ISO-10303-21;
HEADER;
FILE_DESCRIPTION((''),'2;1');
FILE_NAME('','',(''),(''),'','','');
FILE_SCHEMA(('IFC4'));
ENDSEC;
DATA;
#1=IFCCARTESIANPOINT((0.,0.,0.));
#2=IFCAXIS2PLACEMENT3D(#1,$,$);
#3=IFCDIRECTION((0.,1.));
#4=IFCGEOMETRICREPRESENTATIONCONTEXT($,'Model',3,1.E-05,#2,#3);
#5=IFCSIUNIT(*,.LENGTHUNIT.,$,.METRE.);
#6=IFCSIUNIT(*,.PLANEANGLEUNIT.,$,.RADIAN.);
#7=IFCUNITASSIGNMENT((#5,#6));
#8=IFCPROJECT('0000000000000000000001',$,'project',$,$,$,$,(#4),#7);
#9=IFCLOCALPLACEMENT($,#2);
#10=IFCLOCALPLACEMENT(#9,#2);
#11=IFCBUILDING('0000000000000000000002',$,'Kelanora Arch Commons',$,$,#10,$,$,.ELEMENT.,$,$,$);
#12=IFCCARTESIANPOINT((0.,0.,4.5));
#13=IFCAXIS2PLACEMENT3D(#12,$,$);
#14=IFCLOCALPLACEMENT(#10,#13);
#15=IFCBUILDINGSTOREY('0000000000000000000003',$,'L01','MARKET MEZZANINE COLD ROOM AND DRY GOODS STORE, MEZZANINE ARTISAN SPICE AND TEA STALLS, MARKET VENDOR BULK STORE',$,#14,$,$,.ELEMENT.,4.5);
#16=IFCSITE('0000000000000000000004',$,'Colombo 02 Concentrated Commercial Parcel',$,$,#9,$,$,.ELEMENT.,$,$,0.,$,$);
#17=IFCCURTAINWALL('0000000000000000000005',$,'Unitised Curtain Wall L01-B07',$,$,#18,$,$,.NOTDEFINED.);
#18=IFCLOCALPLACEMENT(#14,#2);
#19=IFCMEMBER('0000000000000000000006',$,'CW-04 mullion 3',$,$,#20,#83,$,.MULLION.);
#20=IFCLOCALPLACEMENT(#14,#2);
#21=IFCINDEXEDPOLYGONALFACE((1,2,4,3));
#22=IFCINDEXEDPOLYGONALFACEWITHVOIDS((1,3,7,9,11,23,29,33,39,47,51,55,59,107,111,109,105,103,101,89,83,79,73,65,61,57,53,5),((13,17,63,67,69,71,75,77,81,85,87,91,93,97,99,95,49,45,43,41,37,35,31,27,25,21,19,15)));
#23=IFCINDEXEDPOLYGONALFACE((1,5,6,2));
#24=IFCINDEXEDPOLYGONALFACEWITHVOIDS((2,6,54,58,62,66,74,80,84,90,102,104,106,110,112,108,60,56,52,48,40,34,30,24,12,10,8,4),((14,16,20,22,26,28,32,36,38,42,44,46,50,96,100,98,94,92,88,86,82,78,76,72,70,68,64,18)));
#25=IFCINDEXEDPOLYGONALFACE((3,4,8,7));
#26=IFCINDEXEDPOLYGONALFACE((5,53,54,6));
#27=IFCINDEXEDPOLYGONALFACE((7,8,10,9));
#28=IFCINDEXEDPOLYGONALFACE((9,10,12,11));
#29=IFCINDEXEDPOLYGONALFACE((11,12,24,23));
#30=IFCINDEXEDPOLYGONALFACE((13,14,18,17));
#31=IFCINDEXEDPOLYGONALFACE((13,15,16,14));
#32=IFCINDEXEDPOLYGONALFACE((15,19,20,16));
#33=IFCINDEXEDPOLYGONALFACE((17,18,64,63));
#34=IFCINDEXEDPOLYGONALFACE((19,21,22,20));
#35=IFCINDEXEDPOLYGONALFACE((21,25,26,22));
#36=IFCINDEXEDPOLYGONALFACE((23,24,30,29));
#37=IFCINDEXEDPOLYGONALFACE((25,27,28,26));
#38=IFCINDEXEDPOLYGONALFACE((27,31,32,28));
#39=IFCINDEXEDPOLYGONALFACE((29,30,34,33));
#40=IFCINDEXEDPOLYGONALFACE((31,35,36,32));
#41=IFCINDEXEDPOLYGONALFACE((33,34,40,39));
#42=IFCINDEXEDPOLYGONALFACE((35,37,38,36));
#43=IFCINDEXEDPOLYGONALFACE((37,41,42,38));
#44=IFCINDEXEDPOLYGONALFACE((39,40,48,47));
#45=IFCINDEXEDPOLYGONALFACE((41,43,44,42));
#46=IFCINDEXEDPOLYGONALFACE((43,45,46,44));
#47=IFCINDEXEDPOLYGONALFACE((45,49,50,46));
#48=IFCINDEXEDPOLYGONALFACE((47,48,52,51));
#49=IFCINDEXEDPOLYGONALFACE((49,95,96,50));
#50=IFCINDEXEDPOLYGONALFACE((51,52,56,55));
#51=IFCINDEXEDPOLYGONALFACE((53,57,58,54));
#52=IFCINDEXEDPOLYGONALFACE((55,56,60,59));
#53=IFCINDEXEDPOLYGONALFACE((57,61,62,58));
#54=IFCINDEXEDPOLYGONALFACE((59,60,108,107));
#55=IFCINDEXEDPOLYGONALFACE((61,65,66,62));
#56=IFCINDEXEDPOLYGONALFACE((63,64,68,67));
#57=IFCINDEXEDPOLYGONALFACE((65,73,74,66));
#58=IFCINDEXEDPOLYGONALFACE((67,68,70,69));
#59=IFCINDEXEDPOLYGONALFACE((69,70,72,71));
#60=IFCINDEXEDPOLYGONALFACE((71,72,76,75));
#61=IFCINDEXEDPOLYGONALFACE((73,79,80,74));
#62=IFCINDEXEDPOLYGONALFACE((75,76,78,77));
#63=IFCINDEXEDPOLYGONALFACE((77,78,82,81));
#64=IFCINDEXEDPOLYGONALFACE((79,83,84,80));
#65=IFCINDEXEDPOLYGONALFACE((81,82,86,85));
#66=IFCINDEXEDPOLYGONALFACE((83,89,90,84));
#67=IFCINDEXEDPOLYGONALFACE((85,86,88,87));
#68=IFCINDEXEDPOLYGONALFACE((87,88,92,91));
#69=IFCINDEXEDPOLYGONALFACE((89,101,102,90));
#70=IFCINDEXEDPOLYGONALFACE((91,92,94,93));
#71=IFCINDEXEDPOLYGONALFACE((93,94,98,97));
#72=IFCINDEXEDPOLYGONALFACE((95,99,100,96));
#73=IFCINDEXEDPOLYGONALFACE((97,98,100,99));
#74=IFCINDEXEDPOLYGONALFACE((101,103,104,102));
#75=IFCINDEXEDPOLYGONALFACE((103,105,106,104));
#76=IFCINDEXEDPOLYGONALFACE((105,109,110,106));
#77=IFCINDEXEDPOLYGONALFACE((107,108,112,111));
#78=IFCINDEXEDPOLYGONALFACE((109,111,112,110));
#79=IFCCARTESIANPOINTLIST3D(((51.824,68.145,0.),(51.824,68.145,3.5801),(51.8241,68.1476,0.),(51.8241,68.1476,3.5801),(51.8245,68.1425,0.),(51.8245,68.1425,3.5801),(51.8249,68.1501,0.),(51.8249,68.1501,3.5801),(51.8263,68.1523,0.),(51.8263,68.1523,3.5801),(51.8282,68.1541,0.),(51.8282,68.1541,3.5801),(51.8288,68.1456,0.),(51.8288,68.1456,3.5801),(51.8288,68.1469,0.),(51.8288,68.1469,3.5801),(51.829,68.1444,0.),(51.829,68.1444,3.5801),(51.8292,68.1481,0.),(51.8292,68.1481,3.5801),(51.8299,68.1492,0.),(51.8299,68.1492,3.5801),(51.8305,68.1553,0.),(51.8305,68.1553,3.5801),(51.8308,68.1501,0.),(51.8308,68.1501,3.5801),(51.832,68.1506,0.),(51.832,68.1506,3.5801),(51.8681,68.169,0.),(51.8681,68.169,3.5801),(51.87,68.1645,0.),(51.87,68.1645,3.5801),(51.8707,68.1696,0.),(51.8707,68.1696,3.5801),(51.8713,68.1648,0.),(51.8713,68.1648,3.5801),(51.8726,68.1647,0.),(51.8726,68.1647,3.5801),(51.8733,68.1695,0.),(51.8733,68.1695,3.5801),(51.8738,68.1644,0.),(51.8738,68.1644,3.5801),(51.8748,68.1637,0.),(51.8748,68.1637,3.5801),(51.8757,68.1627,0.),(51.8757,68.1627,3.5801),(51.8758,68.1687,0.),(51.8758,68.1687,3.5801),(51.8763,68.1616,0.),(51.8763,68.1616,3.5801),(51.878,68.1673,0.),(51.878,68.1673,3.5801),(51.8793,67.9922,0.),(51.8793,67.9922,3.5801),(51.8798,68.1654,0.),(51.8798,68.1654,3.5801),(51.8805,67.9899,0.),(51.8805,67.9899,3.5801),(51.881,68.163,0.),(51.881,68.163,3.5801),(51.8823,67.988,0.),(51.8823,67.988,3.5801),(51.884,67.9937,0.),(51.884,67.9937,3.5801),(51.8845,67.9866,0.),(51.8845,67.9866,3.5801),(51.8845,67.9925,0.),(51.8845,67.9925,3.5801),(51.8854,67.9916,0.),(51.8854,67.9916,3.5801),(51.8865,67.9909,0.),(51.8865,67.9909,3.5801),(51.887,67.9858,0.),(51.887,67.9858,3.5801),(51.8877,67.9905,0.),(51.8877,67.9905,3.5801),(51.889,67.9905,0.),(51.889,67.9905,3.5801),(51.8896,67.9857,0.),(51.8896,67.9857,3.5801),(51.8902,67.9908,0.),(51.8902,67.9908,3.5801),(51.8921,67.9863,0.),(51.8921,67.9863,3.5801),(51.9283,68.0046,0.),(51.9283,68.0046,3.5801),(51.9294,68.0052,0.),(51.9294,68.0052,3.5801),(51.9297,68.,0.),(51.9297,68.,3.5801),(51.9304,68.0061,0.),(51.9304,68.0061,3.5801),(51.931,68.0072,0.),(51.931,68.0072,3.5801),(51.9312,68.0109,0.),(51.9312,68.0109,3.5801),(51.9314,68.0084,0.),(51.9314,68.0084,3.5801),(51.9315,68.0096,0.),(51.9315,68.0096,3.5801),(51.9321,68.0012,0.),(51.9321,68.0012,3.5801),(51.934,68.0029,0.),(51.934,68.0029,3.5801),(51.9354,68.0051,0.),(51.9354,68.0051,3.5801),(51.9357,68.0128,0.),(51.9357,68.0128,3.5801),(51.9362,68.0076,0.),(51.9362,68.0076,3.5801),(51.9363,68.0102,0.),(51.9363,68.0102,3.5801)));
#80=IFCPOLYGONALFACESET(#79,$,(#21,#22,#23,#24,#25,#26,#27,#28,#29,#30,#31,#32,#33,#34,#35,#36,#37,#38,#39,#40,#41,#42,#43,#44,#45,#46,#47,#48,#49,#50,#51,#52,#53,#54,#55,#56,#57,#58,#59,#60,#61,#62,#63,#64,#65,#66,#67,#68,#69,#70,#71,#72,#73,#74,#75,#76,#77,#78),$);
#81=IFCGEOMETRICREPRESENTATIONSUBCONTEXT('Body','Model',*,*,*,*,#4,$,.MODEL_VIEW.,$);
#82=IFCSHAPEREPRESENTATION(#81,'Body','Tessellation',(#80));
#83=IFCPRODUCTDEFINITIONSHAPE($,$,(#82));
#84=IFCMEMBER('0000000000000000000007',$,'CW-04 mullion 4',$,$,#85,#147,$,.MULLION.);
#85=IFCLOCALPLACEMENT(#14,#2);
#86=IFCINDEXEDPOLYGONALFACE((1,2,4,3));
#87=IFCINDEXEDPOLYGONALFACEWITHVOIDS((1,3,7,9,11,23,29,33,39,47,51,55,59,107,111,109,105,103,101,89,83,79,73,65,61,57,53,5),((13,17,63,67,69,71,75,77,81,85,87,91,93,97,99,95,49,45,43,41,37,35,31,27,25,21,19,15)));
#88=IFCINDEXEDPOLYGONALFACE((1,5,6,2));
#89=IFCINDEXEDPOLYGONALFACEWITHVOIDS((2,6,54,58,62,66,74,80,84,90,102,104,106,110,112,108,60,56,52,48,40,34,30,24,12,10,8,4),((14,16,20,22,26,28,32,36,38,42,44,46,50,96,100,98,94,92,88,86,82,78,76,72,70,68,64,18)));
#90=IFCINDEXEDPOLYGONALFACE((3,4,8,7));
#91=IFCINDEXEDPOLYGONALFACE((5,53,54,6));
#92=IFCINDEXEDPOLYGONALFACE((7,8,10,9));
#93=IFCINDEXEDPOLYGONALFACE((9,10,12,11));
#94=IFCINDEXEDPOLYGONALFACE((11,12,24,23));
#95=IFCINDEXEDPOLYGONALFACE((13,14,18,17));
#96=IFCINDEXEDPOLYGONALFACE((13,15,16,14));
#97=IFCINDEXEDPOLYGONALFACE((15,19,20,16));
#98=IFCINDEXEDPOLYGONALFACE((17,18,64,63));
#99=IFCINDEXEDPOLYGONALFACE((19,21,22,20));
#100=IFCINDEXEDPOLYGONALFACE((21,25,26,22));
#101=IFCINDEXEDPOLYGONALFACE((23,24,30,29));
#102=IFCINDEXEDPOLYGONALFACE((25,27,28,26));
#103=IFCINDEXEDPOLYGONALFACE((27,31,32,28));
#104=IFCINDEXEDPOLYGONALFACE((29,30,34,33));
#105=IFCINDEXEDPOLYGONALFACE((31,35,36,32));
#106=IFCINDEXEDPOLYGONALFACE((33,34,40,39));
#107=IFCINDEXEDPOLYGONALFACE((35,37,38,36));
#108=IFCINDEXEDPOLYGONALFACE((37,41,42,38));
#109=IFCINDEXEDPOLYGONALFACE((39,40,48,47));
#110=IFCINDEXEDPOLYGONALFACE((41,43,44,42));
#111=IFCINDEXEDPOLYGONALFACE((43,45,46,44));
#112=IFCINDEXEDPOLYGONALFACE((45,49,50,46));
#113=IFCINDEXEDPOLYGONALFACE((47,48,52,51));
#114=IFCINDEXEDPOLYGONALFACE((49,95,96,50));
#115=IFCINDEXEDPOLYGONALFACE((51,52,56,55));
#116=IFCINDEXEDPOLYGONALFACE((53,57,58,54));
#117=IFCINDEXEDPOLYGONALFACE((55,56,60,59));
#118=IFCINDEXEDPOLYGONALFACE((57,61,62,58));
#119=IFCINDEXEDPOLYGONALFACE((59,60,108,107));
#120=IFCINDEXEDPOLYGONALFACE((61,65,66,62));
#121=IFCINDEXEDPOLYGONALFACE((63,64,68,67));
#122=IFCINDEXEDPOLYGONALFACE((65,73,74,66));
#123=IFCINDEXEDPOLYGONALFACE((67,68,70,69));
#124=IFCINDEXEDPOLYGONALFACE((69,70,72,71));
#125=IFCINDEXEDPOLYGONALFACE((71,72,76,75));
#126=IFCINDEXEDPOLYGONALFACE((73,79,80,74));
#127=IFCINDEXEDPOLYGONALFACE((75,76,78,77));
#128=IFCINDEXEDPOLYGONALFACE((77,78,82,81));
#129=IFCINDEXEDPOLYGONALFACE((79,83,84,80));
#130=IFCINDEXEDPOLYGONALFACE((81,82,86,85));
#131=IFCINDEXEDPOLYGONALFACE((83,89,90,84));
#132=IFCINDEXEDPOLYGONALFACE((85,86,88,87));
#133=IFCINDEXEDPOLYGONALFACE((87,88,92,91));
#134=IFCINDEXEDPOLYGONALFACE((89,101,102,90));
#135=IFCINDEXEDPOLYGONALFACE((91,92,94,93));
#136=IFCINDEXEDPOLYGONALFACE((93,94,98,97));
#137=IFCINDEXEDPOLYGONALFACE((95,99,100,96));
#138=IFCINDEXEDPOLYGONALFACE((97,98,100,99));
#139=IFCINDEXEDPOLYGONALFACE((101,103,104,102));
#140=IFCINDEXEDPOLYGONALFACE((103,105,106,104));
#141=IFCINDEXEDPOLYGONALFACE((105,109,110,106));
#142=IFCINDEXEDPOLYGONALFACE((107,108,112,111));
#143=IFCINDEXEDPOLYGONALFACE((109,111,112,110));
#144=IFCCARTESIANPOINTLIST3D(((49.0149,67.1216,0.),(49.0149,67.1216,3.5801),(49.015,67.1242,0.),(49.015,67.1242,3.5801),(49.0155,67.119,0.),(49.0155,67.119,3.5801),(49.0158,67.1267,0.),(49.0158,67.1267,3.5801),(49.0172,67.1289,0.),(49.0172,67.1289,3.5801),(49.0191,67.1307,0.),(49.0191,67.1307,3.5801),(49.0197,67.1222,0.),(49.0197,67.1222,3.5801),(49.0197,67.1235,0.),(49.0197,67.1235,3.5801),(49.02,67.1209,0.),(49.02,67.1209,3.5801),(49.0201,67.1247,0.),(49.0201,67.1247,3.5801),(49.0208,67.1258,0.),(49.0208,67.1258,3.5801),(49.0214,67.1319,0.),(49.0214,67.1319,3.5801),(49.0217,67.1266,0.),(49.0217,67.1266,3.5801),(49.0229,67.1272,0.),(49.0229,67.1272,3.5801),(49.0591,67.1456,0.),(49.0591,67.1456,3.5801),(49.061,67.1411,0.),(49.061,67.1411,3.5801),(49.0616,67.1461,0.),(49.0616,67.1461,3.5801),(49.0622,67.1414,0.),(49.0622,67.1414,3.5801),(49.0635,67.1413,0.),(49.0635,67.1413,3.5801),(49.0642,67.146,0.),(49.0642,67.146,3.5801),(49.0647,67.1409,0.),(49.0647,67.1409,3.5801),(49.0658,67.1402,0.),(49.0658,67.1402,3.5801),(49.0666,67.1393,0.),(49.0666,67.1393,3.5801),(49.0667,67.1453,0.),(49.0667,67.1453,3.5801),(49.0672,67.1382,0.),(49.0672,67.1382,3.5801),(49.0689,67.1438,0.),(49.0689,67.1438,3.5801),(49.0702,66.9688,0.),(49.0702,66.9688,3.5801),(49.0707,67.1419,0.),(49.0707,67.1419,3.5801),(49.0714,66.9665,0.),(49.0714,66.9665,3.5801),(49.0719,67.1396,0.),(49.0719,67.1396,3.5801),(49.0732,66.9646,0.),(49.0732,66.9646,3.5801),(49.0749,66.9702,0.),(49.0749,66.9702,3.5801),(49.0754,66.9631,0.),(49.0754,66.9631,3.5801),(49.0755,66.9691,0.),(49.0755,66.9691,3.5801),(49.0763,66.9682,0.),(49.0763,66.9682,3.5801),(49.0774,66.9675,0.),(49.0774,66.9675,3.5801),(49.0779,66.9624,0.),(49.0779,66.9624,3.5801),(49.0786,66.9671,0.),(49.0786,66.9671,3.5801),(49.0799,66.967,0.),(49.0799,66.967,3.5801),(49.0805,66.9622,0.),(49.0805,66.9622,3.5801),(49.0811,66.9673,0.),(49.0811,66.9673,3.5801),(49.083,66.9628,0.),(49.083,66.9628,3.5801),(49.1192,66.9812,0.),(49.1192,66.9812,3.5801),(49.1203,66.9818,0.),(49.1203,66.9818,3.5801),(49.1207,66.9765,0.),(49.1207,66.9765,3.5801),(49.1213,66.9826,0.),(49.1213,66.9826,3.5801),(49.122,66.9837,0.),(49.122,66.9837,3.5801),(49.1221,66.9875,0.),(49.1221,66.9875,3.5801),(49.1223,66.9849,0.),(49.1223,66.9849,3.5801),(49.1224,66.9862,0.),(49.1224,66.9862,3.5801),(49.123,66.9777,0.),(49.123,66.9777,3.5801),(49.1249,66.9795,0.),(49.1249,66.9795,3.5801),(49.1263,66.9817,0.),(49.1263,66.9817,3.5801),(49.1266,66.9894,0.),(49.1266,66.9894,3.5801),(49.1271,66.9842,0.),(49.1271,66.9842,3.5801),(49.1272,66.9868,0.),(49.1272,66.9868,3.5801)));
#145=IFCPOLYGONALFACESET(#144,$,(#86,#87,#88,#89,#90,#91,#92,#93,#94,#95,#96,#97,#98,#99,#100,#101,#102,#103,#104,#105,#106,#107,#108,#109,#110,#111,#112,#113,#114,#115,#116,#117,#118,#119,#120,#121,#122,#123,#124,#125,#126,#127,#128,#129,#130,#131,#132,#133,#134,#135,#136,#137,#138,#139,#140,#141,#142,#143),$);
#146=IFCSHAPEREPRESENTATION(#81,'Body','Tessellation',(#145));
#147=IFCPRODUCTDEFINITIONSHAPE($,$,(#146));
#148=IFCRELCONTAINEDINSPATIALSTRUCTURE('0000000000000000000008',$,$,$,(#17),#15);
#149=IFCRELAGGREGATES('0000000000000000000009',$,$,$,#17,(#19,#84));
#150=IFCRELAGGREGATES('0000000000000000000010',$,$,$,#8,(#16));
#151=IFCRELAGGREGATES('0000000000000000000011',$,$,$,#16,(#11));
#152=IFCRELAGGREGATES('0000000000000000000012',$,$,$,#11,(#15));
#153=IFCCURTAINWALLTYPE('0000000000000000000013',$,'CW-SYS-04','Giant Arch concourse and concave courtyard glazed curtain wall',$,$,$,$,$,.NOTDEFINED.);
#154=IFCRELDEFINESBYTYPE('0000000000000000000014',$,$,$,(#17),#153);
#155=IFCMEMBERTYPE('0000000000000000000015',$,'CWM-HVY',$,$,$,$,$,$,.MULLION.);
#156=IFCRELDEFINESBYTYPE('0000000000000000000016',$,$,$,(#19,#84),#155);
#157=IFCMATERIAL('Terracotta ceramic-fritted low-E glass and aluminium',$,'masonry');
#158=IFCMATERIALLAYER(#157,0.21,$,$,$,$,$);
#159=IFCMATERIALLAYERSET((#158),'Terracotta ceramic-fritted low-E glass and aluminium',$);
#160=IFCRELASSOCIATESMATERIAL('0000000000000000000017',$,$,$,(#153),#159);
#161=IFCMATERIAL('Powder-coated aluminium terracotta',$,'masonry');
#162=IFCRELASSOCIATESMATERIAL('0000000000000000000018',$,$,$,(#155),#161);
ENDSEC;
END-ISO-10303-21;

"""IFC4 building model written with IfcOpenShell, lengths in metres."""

from ifc_helpers import new_model, si_unit, direction, frame, origin, origin_2d, place, context, subcontext, project, spatial, hollow_rectangle, extrude, material, layer, layer_set, material_profile, profile_set, type_object, element, aggregate, save


model = new_model("IFC4")

# Units and contexts
model_context = context("Model", 3, precision=1e-05, world=origin(), true_north=direction((0.0, 1.0)))
body_context = subcontext(model_context, "Body", "Model", "MODEL_VIEW")
ifc_project = project(units=[si_unit("LENGTHUNIT", "METRE"), si_unit("PLANEANGLEUNIT", "RADIAN")], contexts=[model_context])

# Site, building, storey
site_placement = place(None, origin())
site = spatial("IfcSite", under=ifc_project, at=site_placement, Name="Colombo 02 Concentrated Commercial Parcel", CompositionType="ELEMENT", RefElevation=0.0)
building_placement = place(site_placement, origin())
building = spatial("IfcBuilding", under=site, at=building_placement, Name="Kelanora Arch Commons", CompositionType="ELEMENT")
storey_placement = place(building_placement, frame((0.0, 0.0, 4.5)))
storey = spatial("IfcBuildingStorey", under=building, at=storey_placement, Name="L01", Description="MARKET MEZZANINE COLD ROOM AND DRY GOODS STORE, MEZZANINE ARTISAN SPICE AND TEA STALLS, MARKET VENDOR BULK STORE", CompositionType="ELEMENT", Elevation=4.5)

# Curtain wall, members
ifc_material_1 = material(Name="Terracotta ceramic-fritted low-E glass and aluminium", Category="masonry")
ifc_layer_1 = layer(ifc_material_1, 0.21)
ifc_layer_set_1 = layer_set([ifc_layer_1], Name="Terracotta ceramic-fritted low-E glass and aluminium")
curtain_wall_type_1 = type_object("IfcCurtainWallType", Name="CW-SYS-04", Description="Giant Arch concourse and concave courtyard glazed curtain wall", PredefinedType="NOTDEFINED", material=ifc_layer_set_1)
curtain_wall_1_placement = place(storey_placement, origin())
curtain_wall_1 = element("IfcCurtainWall", 1, at=curtain_wall_1_placement, inside=storey, type_object=curtain_wall_type_1, Name="Unitised Curtain Wall L01-B07", PredefinedType="NOTDEFINED")
ifc_material_2 = material(Name="Powder-coated aluminium terracotta", Category="masonry")
ifc_material_profile_1 = material_profile(ifc_material_2, hollow_rectangle(XDim=0.1799, YDim=0.0601, WallThickness=0.0049, InnerFilletRadius=0.0049, OuterFilletRadius=0.01, at=origin_2d()), Name="CWM180x60")
ifc_profile_set_1 = profile_set([ifc_material_profile_1], Name="Powder-coated aluminium terracotta")
member_type_1 = type_object("IfcMemberType", Name="CWM-HVY", PredefinedType="MULLION", material=ifc_profile_set_1)
member_1_placement = place(storey_placement, frame((51.8801, 68.0776, 0.0), z_axis=(0.0, 0.0, 1.0), x_axis=(0.342318, -0.939584, 0.0)))
member_1 = element("IfcMember", 2, at=member_1_placement, type_object=member_type_1, Name="CW-04 mullion 3", PredefinedType="MULLION", context=body_context, shape_type="SweptSolid", body=[
    extrude(hollow_rectangle(XDim=0.1799, YDim=0.0601, WallThickness=0.0049, InnerFilletRadius=0.0049, OuterFilletRadius=0.01, at=origin_2d()), origin(), (0.0, 0.0, 1.0), 3.5801),
])
member_2_placement = place(storey_placement, frame((49.071, 67.0542, 0.0), z_axis=(0.0, 0.0, 1.0), x_axis=(0.342318, -0.939584, 0.0)))
member_2 = element("IfcMember", 3, at=member_2_placement, type_object=member_type_1, Name="CW-04 mullion 4", PredefinedType="MULLION", context=body_context, shape_type="SweptSolid", body=[
    extrude(hollow_rectangle(XDim=0.1799, YDim=0.0601, WallThickness=0.0049, InnerFilletRadius=0.0049, OuterFilletRadius=0.01, at=origin_2d()), origin(), (0.0, 0.0, 1.0), 3.5801),
])

aggregate(curtain_wall_1, [member_1, member_2])

save(model, "model.ifc")
